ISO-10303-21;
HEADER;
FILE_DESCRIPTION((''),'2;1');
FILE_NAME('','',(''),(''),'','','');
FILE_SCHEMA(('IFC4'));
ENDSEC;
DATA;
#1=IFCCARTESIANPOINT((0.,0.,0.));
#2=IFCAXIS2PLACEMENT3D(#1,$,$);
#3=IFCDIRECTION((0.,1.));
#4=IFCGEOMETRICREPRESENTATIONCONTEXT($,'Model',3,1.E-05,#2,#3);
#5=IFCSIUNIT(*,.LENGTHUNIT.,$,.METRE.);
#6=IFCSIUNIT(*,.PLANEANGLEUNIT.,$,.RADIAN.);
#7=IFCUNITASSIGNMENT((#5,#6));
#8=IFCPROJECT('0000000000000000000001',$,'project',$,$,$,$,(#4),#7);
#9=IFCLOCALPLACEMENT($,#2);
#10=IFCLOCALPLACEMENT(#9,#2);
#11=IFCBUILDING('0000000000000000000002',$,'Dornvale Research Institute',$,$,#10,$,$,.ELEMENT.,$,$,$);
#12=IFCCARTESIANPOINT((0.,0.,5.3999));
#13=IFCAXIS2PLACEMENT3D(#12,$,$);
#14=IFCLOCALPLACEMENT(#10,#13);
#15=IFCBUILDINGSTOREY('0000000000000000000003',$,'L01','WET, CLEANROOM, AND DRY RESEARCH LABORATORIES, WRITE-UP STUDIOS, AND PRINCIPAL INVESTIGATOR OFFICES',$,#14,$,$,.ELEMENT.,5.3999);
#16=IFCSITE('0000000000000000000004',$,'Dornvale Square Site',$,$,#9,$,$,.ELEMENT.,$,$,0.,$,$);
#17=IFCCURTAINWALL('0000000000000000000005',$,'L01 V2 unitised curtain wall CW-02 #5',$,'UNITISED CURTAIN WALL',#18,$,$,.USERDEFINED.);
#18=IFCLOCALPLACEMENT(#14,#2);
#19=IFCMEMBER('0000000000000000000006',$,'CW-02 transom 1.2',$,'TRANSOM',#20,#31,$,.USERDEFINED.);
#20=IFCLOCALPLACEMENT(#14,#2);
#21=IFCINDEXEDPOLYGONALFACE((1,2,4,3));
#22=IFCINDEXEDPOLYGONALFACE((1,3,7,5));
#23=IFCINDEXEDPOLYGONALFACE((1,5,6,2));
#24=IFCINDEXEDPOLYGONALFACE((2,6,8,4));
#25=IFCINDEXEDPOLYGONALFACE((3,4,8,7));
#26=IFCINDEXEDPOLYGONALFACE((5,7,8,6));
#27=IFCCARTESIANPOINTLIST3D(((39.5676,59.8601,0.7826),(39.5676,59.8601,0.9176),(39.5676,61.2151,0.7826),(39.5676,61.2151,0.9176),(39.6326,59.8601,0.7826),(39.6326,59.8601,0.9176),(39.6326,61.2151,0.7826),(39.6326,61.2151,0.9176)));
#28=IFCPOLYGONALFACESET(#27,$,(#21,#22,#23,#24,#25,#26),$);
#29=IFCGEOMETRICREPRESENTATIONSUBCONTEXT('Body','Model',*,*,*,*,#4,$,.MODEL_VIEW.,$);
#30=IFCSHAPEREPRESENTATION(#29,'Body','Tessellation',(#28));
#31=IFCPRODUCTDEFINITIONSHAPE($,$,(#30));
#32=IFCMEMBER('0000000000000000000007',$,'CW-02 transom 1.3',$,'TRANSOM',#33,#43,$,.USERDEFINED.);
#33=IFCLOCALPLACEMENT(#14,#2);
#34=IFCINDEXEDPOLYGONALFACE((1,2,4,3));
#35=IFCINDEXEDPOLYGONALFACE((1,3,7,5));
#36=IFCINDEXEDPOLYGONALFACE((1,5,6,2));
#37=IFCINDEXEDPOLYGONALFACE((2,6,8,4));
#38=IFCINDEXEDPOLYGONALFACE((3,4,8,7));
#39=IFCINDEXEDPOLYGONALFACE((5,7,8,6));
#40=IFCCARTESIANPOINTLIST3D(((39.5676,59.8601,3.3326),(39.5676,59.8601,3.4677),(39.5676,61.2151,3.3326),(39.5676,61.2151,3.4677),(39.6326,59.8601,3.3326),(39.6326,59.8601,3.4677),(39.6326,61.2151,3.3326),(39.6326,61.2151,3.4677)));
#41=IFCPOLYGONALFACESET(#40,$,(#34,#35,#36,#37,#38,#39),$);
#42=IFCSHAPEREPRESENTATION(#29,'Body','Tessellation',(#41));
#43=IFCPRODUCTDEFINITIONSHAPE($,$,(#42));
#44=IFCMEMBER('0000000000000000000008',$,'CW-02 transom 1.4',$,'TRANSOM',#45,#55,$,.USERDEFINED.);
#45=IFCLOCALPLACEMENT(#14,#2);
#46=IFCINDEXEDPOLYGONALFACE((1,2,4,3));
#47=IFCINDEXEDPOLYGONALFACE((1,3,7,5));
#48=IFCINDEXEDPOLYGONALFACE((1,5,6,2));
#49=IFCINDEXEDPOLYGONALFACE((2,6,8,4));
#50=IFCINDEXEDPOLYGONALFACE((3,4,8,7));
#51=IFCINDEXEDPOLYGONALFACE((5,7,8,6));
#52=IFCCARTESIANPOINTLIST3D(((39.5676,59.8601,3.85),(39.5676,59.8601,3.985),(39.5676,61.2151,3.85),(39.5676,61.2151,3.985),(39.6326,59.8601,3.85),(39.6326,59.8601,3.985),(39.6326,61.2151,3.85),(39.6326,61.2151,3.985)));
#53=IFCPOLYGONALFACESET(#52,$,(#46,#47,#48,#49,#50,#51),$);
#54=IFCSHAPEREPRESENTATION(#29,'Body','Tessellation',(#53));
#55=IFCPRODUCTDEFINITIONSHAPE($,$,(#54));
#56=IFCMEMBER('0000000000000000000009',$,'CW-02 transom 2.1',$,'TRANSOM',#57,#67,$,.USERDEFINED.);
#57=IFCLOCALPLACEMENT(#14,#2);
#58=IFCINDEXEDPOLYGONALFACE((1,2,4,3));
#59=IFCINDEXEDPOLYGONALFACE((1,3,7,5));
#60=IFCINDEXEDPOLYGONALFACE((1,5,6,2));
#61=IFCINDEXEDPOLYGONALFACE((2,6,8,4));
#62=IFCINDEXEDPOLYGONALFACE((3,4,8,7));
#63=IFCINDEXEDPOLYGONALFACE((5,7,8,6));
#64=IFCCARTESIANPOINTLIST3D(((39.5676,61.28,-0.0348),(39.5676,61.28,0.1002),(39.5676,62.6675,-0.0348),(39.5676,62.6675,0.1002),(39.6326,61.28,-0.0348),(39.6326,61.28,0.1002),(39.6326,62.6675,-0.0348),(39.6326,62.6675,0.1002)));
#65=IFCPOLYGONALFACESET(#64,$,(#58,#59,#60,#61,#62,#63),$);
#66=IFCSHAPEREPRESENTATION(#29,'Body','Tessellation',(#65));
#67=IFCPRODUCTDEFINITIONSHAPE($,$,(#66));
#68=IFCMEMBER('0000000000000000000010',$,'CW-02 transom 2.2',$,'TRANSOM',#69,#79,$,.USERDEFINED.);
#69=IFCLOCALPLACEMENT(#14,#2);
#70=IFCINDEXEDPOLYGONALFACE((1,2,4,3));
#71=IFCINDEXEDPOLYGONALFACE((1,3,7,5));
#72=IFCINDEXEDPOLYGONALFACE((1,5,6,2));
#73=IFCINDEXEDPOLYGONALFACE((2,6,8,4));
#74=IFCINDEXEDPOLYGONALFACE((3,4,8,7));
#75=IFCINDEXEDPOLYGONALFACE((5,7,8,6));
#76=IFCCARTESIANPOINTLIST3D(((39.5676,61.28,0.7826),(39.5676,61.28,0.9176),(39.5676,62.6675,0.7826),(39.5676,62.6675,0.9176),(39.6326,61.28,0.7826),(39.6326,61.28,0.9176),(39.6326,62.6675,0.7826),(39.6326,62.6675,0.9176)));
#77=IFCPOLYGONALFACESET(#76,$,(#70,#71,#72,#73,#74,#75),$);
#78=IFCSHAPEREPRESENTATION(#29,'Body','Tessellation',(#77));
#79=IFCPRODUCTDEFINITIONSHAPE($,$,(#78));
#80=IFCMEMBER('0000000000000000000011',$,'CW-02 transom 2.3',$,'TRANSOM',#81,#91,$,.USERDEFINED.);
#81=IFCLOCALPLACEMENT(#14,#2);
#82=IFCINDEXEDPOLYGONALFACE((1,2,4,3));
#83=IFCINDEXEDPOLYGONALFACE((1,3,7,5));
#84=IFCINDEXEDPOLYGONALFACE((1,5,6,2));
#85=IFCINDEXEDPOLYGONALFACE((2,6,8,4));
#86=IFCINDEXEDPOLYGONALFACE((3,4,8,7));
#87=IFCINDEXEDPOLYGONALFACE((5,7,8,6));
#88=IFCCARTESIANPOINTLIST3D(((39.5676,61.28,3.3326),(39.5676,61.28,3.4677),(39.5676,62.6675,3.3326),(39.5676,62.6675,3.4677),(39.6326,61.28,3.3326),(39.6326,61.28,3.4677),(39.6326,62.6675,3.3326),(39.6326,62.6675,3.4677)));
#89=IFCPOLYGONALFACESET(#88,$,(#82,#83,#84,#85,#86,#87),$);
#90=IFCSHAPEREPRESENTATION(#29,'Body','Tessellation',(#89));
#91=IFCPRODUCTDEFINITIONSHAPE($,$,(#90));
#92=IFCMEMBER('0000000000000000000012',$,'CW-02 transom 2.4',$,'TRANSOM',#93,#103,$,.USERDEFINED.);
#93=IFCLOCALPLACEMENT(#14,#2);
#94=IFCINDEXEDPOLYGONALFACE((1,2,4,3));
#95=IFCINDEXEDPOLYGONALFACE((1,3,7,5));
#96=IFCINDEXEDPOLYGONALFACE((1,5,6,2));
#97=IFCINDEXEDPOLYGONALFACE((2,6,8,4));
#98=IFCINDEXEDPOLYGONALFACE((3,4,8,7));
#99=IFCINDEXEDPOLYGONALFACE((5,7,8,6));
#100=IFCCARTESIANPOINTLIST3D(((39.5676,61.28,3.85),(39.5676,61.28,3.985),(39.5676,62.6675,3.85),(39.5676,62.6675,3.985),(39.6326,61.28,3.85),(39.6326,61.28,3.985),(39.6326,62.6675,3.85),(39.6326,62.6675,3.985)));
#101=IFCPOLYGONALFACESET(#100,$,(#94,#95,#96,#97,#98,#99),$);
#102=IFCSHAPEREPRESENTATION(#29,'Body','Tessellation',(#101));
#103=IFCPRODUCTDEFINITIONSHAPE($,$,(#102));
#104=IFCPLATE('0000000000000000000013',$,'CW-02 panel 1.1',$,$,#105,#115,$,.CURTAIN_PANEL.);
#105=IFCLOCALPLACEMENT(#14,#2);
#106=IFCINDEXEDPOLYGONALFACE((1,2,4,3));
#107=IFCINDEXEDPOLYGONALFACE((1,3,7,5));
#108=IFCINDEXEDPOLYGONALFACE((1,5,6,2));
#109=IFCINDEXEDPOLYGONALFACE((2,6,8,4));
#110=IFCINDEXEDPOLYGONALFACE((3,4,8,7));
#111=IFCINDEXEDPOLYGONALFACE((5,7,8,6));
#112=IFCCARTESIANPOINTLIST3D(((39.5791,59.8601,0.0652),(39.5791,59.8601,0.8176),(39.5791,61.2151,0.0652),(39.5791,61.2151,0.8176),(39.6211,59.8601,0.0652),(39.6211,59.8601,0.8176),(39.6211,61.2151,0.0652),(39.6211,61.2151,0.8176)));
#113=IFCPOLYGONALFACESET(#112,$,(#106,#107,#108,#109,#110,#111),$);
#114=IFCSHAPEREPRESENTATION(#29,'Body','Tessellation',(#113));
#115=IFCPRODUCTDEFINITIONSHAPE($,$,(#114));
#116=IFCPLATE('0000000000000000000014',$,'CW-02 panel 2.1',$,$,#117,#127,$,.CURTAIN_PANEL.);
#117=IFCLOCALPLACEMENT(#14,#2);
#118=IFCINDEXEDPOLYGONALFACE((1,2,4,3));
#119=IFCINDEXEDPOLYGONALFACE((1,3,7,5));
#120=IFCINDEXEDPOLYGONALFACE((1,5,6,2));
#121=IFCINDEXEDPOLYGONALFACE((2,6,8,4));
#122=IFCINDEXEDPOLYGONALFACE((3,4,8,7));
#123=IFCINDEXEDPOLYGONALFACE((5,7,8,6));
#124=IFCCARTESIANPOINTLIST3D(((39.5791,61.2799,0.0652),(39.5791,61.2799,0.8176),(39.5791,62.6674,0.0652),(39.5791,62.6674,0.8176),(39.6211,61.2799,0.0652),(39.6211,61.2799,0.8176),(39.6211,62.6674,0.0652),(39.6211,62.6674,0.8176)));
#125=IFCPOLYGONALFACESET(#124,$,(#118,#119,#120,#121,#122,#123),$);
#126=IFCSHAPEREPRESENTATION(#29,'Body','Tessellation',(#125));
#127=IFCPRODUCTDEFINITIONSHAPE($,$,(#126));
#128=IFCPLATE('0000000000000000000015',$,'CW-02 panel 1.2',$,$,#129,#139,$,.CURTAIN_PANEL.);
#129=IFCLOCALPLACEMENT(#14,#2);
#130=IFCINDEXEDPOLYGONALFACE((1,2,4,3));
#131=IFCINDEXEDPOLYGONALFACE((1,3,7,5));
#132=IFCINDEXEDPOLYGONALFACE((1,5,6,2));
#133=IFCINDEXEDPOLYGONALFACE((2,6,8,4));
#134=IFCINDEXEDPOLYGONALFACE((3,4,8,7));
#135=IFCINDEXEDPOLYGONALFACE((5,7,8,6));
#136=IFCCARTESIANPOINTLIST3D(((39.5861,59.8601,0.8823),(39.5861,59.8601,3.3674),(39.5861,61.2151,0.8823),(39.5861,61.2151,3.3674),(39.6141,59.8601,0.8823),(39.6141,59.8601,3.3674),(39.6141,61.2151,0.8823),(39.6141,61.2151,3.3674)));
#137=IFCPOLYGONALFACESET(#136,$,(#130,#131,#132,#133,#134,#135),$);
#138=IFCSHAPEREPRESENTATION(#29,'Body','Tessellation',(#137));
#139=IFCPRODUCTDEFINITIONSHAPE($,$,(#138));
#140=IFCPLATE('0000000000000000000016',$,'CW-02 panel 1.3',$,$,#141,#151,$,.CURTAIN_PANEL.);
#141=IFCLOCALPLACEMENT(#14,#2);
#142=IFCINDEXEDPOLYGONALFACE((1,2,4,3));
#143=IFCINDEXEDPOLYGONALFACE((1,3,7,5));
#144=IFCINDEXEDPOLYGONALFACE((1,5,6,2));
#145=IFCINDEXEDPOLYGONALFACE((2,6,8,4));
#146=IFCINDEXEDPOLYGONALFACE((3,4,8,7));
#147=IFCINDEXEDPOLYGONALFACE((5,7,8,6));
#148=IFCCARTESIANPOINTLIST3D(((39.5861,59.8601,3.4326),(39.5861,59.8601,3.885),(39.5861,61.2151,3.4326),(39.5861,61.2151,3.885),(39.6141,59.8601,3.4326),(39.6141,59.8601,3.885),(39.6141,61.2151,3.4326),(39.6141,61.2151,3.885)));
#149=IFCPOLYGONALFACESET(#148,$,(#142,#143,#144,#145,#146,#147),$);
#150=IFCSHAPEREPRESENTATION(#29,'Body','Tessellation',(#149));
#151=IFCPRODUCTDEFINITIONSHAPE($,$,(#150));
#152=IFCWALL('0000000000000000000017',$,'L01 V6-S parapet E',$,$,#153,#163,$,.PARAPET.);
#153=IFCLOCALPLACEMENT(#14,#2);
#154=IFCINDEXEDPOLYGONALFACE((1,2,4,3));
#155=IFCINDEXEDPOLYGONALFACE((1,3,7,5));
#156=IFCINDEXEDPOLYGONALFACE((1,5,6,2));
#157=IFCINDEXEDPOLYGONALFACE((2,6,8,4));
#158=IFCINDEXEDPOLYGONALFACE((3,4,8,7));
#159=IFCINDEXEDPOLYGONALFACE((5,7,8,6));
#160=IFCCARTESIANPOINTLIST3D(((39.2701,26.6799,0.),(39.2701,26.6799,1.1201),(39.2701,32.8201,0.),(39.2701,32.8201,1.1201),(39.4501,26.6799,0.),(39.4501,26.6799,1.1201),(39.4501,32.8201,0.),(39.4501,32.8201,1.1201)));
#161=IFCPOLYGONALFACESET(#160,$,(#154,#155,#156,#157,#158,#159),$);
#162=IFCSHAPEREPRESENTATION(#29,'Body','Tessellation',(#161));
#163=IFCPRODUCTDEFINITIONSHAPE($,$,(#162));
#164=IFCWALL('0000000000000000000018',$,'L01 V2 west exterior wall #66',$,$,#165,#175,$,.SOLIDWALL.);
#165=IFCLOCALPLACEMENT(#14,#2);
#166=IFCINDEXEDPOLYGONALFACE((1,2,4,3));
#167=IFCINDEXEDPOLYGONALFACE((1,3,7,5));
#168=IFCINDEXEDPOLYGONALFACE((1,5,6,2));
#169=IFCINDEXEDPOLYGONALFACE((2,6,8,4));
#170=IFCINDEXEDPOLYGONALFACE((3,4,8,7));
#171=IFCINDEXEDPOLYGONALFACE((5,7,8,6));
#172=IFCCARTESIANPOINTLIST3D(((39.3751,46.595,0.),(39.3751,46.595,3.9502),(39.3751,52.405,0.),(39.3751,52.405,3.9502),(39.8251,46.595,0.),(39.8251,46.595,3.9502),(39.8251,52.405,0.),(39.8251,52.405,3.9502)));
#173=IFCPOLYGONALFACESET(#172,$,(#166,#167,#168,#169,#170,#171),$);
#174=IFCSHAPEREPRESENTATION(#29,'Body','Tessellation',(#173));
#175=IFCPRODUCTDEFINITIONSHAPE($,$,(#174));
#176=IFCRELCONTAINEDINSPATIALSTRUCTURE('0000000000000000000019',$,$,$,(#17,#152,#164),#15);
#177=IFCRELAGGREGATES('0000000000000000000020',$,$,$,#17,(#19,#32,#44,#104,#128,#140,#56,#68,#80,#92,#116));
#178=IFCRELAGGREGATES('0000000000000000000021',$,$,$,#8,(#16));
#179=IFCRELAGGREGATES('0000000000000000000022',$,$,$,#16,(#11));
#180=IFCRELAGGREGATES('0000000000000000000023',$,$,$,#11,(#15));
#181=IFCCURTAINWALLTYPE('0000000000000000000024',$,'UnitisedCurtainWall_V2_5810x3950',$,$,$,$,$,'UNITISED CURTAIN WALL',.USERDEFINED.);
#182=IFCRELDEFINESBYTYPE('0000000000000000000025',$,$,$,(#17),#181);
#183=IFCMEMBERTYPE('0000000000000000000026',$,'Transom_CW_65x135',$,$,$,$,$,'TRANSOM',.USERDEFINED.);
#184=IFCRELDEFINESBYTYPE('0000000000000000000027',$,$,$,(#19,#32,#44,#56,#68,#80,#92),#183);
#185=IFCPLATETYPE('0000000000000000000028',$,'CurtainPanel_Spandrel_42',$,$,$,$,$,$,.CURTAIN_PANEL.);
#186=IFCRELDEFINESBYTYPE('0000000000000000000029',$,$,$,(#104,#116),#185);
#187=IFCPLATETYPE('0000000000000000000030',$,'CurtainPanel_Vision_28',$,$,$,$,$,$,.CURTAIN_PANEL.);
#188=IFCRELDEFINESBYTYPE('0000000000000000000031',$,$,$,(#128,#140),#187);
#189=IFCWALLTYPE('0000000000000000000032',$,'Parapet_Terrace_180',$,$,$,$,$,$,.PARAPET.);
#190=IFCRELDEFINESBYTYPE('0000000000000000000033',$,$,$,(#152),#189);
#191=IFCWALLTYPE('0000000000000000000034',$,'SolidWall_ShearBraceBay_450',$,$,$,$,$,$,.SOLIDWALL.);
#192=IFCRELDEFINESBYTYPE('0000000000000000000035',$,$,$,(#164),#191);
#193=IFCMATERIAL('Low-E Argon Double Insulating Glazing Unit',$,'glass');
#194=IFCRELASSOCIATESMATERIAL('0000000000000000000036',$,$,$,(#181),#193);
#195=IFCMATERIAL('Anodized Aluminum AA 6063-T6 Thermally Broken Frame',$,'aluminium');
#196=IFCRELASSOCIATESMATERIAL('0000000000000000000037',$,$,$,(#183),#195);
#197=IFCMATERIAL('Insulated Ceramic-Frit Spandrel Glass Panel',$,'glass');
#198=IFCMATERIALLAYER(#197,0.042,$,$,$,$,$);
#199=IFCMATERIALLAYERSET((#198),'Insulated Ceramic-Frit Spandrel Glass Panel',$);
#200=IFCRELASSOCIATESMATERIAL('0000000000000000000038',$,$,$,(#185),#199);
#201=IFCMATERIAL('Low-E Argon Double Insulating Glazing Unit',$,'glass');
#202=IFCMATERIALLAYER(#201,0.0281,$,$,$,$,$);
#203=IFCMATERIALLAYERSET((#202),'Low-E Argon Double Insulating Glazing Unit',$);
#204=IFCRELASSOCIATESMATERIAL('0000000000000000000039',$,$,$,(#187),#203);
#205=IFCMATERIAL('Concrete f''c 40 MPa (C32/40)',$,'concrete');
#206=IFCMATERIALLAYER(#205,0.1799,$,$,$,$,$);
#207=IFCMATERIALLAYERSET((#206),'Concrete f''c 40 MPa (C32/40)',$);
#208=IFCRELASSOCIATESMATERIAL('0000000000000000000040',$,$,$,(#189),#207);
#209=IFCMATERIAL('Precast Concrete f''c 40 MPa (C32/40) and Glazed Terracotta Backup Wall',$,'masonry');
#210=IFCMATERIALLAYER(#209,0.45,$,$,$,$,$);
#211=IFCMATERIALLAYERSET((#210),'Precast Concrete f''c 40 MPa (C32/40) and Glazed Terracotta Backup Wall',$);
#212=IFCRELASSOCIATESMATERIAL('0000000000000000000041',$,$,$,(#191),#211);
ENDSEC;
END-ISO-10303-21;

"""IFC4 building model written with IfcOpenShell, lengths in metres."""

from ifc_helpers import new_model, si_unit, direction, frame, frame_2d, origin, origin_2d, place, context, subcontext, project, spatial, rectangle, extrude, material, layer, layer_set, material_profile, profile_set, type_object, element, aggregate, save


model = new_model("IFC4")

# Units and contexts
model_context = context("Model", 3, precision=1e-05, world=origin(), true_north=direction((0.0, 1.0)))
body_context = subcontext(model_context, "Body", "Model", "MODEL_VIEW")
ifc_project = project(units=[si_unit("LENGTHUNIT", "METRE"), si_unit("PLANEANGLEUNIT", "RADIAN")], contexts=[model_context])

# Site, building, storey
site_placement = place(None, origin())
site = spatial("IfcSite", under=ifc_project, at=site_placement, Name="Dornvale Square Site", CompositionType="ELEMENT", RefElevation=0.0)
building_placement = place(site_placement, origin())
building = spatial("IfcBuilding", under=site, at=building_placement, Name="Dornvale Research Institute", CompositionType="ELEMENT")
storey_placement = place(building_placement, frame((0.0, 0.0, 5.3999)))
storey = spatial("IfcBuildingStorey", under=building, at=storey_placement, Name="L01", Description="WET, CLEANROOM, AND DRY RESEARCH LABORATORIES, WRITE-UP STUDIOS, AND PRINCIPAL INVESTIGATOR OFFICES", CompositionType="ELEMENT", Elevation=5.3999)

# Curtain wall
ifc_material_1 = material(Name="Low-E Argon Double Insulating Glazing Unit", Category="glass")
curtain_wall_type = type_object("IfcCurtainWallType", Name="UnitisedCurtainWall_V2_5810x3950", ElementType="UNITISED CURTAIN WALL", PredefinedType="USERDEFINED", material=ifc_material_1)
curtain_wall_placement = place(storey_placement, origin())
curtain_wall = element("IfcCurtainWall", 1, at=curtain_wall_placement, inside=storey, type_object=curtain_wall_type, Name="L01 V2 unitised curtain wall CW-02 #5", ObjectType="UNITISED CURTAIN WALL", PredefinedType="USERDEFINED")

# Members
ifc_material_2 = material(Name="Anodized Aluminum AA 6063-T6 Thermally Broken Frame", Category="aluminium")
ifc_material_profile_1 = material_profile(ifc_material_2, rectangle(XDim=0.0649, YDim=0.135, at=origin_2d()), Name="ALU TRANSOM 65x135")
ifc_profile_set_1 = profile_set([ifc_material_profile_1], Name="Anodized Aluminum AA 6063-T6 Thermally Broken Frame")
member_type_1 = type_object("IfcMemberType", Name="Transom_CW_65x135", ElementType="TRANSOM", PredefinedType="USERDEFINED", material=ifc_profile_set_1)
member_1_placement = place(storey_placement, frame((39.6001, 59.8601, 0.8501), z_axis=(0.0, 1.0, 0.0), x_axis=(-1.0, 0.0, 0.0)))
member_1 = element("IfcMember", 2, at=member_1_placement, type_object=member_type_1, Name="CW-02 transom 1.2", ObjectType="TRANSOM", PredefinedType="USERDEFINED", context=body_context, shape_type="SweptSolid", body=[
    extrude(rectangle(XDim=0.0649, YDim=0.135, at=origin_2d()), origin(), (0.0, 0.0, 1.0), 1.355),
])
member_2_placement = place(storey_placement, frame((39.6001, 59.8601, 3.4001), z_axis=(0.0, 1.0, 0.0), x_axis=(-1.0, 0.0, 0.0)))
member_2 = element("IfcMember", 3, at=member_2_placement, type_object=member_type_1, Name="CW-02 transom 1.3", ObjectType="TRANSOM", PredefinedType="USERDEFINED", context=body_context, shape_type="SweptSolid", body=[
    extrude(rectangle(XDim=0.0649, YDim=0.135, at=origin_2d()), origin(), (0.0, 0.0, 1.0), 1.355),
])
member_3_placement = place(storey_placement, frame((39.6001, 59.8601, 3.9175), z_axis=(0.0, 1.0, 0.0), x_axis=(-1.0, 0.0, 0.0)))
member_3 = element("IfcMember", 4, at=member_3_placement, type_object=member_type_1, Name="CW-02 transom 1.4", ObjectType="TRANSOM", PredefinedType="USERDEFINED", context=body_context, shape_type="SweptSolid", body=[
    extrude(rectangle(XDim=0.0649, YDim=0.135, at=origin_2d()), origin(), (0.0, 0.0, 1.0), 1.355),
])
member_4_placement = place(storey_placement, frame((39.6001, 61.28, 0.0327), z_axis=(0.0, 1.0, 0.0), x_axis=(-1.0, 0.0, 0.0)))
member_4 = element("IfcMember", 5, at=member_4_placement, type_object=member_type_1, Name="CW-02 transom 2.1", ObjectType="TRANSOM", PredefinedType="USERDEFINED", context=body_context, shape_type="SweptSolid", body=[
    extrude(rectangle(XDim=0.0649, YDim=0.135, at=origin_2d()), origin(), (0.0, 0.0, 1.0), 1.3875),
])
member_5_placement = place(storey_placement, frame((39.6001, 61.28, 0.8501), z_axis=(0.0, 1.0, 0.0), x_axis=(-1.0, 0.0, 0.0)))
member_5 = element("IfcMember", 6, at=member_5_placement, type_object=member_type_1, Name="CW-02 transom 2.2", ObjectType="TRANSOM", PredefinedType="USERDEFINED", context=body_context, shape_type="SweptSolid", body=[
    extrude(rectangle(XDim=0.0649, YDim=0.135, at=origin_2d()), origin(), (0.0, 0.0, 1.0), 1.3875),
])
member_6_placement = place(storey_placement, frame((39.6001, 61.28, 3.4001), z_axis=(0.0, 1.0, 0.0), x_axis=(-1.0, 0.0, 0.0)))
member_6 = element("IfcMember", 7, at=member_6_placement, type_object=member_type_1, Name="CW-02 transom 2.3", ObjectType="TRANSOM", PredefinedType="USERDEFINED", context=body_context, shape_type="SweptSolid", body=[
    extrude(rectangle(XDim=0.0649, YDim=0.135, at=origin_2d()), origin(), (0.0, 0.0, 1.0), 1.3875),
])
member_7_placement = place(storey_placement, frame((39.6001, 61.28, 3.9175), z_axis=(0.0, 1.0, 0.0), x_axis=(-1.0, 0.0, 0.0)))
member_7 = element("IfcMember", 8, at=member_7_placement, type_object=member_type_1, Name="CW-02 transom 2.4", ObjectType="TRANSOM", PredefinedType="USERDEFINED", context=body_context, shape_type="SweptSolid", body=[
    extrude(rectangle(XDim=0.0649, YDim=0.135, at=origin_2d()), origin(), (0.0, 0.0, 1.0), 1.3875),
])

# Plates
ifc_material_3 = material(Name="Insulated Ceramic-Frit Spandrel Glass Panel", Category="glass")
ifc_layer_1 = layer(ifc_material_3, 0.042)
ifc_layer_set_1 = layer_set([ifc_layer_1], Name="Insulated Ceramic-Frit Spandrel Glass Panel")
plate_type_1 = type_object("IfcPlateType", Name="CurtainPanel_Spandrel_42", PredefinedType="CURTAIN_PANEL", material=ifc_layer_set_1)
plate_1_placement = place(storey_placement, frame((39.6001, 60.5376, 0.0652), z_axis=(0.0, 0.0, 1.0), x_axis=(0.0, 1.0, 0.0)))
plate_1 = element("IfcPlate", 9, at=plate_1_placement, type_object=plate_type_1, Name="CW-02 panel 1.1", PredefinedType="CURTAIN_PANEL", context=body_context, shape_type="SweptSolid", body=[
    extrude(rectangle(XDim=1.355, YDim=0.042, at=origin_2d()), origin(), (0.0, 0.0, 1.0), 0.7524),
])
plate_2_placement = place(storey_placement, frame((39.6001, 61.9736, 0.0652), z_axis=(0.0, 0.0, 1.0), x_axis=(0.0, 1.0, 0.0)))
plate_2 = element("IfcPlate", 10, at=plate_2_placement, type_object=plate_type_1, Name="CW-02 panel 2.1", PredefinedType="CURTAIN_PANEL", context=body_context, shape_type="SweptSolid", body=[
    extrude(rectangle(XDim=1.3875, YDim=0.042, at=origin_2d()), origin(), (0.0, 0.0, 1.0), 0.7524),
])
ifc_material_4 = material(Name="Low-E Argon Double Insulating Glazing Unit", Category="glass")
ifc_layer_2 = layer(ifc_material_4, 0.0281)
ifc_layer_set_2 = layer_set([ifc_layer_2], Name="Low-E Argon Double Insulating Glazing Unit")
plate_type_2 = type_object("IfcPlateType", Name="CurtainPanel_Vision_28", PredefinedType="CURTAIN_PANEL", material=ifc_layer_set_2)
plate_3_placement = place(storey_placement, frame((39.6001, 60.5376, 0.8823), z_axis=(0.0, 0.0, 1.0), x_axis=(0.0, 1.0, 0.0)))
plate_3 = element("IfcPlate", 11, at=plate_3_placement, type_object=plate_type_2, Name="CW-02 panel 1.2", PredefinedType="CURTAIN_PANEL", context=body_context, shape_type="SweptSolid", body=[
    extrude(rectangle(XDim=1.355, YDim=0.0281, at=origin_2d()), origin(), (0.0, 0.0, 1.0), 2.4851),
])
plate_4_placement = place(storey_placement, frame((39.6001, 60.5376, 3.4326), z_axis=(0.0, 0.0, 1.0), x_axis=(0.0, 1.0, 0.0)))
plate_4 = element("IfcPlate", 12, at=plate_4_placement, type_object=plate_type_2, Name="CW-02 panel 1.3", PredefinedType="CURTAIN_PANEL", context=body_context, shape_type="SweptSolid", body=[
    extrude(rectangle(XDim=1.355, YDim=0.0281, at=origin_2d()), origin(), (0.0, 0.0, 1.0), 0.4524),
])
aggregate(curtain_wall, [member_1, member_2, member_3, plate_1, plate_3, plate_4, member_4, member_5, member_6, member_7, plate_2])

# Walls
ifc_material_5 = material(Name="Concrete f'c 40 MPa (C32/40)", Category="concrete")
ifc_layer_3 = layer(ifc_material_5, 0.1799)
ifc_layer_set_3 = layer_set([ifc_layer_3], Name="Concrete f'c 40 MPa (C32/40)")
wall_type_1 = type_object("IfcWallType", Name="Parapet_Terrace_180", PredefinedType="PARAPET", material=ifc_layer_set_3)
wall_1_placement = place(storey_placement, frame((39.3601, 26.6799, 0.0), z_axis=(0.0, 0.0, 1.0), x_axis=(0.0, 1.0, 0.0)))
element("IfcWall", 13, at=wall_1_placement, inside=storey, type_object=wall_type_1, Name="L01 V6-S parapet E", PredefinedType="PARAPET", context=body_context, shape_type="SweptSolid", body=[
    extrude(rectangle(XDim=6.1401, YDim=0.1799, at=frame_2d((3.0701, 0.0))), origin(), (0.0, 0.0, 1.0), 1.1201),
])
ifc_material_6 = material(Name="Precast Concrete f'c 40 MPa (C32/40) and Glazed Terracotta Backup Wall", Category="masonry")
ifc_layer_4 = layer(ifc_material_6, 0.45)
ifc_layer_set_4 = layer_set([ifc_layer_4], Name="Precast Concrete f'c 40 MPa (C32/40) and Glazed Terracotta Backup Wall")
wall_type_2 = type_object("IfcWallType", Name="SolidWall_ShearBraceBay_450", PredefinedType="SOLIDWALL", material=ifc_layer_set_4)
wall_2_placement = place(storey_placement, frame((39.6001, 46.595, 0.0), z_axis=(0.0, 0.0, 1.0), x_axis=(0.0, 1.0, 0.0)))
element("IfcWall", 14, at=wall_2_placement, inside=storey, type_object=wall_type_2, Name="L01 V2 west exterior wall #66", PredefinedType="SOLIDWALL", context=body_context, shape_type="SweptSolid", body=[
    extrude(rectangle(XDim=5.8101, YDim=0.45, at=frame_2d((2.905, 0.0))), origin(), (0.0, 0.0, 1.0), 3.9502),
])

save(model, "model.ifc")
